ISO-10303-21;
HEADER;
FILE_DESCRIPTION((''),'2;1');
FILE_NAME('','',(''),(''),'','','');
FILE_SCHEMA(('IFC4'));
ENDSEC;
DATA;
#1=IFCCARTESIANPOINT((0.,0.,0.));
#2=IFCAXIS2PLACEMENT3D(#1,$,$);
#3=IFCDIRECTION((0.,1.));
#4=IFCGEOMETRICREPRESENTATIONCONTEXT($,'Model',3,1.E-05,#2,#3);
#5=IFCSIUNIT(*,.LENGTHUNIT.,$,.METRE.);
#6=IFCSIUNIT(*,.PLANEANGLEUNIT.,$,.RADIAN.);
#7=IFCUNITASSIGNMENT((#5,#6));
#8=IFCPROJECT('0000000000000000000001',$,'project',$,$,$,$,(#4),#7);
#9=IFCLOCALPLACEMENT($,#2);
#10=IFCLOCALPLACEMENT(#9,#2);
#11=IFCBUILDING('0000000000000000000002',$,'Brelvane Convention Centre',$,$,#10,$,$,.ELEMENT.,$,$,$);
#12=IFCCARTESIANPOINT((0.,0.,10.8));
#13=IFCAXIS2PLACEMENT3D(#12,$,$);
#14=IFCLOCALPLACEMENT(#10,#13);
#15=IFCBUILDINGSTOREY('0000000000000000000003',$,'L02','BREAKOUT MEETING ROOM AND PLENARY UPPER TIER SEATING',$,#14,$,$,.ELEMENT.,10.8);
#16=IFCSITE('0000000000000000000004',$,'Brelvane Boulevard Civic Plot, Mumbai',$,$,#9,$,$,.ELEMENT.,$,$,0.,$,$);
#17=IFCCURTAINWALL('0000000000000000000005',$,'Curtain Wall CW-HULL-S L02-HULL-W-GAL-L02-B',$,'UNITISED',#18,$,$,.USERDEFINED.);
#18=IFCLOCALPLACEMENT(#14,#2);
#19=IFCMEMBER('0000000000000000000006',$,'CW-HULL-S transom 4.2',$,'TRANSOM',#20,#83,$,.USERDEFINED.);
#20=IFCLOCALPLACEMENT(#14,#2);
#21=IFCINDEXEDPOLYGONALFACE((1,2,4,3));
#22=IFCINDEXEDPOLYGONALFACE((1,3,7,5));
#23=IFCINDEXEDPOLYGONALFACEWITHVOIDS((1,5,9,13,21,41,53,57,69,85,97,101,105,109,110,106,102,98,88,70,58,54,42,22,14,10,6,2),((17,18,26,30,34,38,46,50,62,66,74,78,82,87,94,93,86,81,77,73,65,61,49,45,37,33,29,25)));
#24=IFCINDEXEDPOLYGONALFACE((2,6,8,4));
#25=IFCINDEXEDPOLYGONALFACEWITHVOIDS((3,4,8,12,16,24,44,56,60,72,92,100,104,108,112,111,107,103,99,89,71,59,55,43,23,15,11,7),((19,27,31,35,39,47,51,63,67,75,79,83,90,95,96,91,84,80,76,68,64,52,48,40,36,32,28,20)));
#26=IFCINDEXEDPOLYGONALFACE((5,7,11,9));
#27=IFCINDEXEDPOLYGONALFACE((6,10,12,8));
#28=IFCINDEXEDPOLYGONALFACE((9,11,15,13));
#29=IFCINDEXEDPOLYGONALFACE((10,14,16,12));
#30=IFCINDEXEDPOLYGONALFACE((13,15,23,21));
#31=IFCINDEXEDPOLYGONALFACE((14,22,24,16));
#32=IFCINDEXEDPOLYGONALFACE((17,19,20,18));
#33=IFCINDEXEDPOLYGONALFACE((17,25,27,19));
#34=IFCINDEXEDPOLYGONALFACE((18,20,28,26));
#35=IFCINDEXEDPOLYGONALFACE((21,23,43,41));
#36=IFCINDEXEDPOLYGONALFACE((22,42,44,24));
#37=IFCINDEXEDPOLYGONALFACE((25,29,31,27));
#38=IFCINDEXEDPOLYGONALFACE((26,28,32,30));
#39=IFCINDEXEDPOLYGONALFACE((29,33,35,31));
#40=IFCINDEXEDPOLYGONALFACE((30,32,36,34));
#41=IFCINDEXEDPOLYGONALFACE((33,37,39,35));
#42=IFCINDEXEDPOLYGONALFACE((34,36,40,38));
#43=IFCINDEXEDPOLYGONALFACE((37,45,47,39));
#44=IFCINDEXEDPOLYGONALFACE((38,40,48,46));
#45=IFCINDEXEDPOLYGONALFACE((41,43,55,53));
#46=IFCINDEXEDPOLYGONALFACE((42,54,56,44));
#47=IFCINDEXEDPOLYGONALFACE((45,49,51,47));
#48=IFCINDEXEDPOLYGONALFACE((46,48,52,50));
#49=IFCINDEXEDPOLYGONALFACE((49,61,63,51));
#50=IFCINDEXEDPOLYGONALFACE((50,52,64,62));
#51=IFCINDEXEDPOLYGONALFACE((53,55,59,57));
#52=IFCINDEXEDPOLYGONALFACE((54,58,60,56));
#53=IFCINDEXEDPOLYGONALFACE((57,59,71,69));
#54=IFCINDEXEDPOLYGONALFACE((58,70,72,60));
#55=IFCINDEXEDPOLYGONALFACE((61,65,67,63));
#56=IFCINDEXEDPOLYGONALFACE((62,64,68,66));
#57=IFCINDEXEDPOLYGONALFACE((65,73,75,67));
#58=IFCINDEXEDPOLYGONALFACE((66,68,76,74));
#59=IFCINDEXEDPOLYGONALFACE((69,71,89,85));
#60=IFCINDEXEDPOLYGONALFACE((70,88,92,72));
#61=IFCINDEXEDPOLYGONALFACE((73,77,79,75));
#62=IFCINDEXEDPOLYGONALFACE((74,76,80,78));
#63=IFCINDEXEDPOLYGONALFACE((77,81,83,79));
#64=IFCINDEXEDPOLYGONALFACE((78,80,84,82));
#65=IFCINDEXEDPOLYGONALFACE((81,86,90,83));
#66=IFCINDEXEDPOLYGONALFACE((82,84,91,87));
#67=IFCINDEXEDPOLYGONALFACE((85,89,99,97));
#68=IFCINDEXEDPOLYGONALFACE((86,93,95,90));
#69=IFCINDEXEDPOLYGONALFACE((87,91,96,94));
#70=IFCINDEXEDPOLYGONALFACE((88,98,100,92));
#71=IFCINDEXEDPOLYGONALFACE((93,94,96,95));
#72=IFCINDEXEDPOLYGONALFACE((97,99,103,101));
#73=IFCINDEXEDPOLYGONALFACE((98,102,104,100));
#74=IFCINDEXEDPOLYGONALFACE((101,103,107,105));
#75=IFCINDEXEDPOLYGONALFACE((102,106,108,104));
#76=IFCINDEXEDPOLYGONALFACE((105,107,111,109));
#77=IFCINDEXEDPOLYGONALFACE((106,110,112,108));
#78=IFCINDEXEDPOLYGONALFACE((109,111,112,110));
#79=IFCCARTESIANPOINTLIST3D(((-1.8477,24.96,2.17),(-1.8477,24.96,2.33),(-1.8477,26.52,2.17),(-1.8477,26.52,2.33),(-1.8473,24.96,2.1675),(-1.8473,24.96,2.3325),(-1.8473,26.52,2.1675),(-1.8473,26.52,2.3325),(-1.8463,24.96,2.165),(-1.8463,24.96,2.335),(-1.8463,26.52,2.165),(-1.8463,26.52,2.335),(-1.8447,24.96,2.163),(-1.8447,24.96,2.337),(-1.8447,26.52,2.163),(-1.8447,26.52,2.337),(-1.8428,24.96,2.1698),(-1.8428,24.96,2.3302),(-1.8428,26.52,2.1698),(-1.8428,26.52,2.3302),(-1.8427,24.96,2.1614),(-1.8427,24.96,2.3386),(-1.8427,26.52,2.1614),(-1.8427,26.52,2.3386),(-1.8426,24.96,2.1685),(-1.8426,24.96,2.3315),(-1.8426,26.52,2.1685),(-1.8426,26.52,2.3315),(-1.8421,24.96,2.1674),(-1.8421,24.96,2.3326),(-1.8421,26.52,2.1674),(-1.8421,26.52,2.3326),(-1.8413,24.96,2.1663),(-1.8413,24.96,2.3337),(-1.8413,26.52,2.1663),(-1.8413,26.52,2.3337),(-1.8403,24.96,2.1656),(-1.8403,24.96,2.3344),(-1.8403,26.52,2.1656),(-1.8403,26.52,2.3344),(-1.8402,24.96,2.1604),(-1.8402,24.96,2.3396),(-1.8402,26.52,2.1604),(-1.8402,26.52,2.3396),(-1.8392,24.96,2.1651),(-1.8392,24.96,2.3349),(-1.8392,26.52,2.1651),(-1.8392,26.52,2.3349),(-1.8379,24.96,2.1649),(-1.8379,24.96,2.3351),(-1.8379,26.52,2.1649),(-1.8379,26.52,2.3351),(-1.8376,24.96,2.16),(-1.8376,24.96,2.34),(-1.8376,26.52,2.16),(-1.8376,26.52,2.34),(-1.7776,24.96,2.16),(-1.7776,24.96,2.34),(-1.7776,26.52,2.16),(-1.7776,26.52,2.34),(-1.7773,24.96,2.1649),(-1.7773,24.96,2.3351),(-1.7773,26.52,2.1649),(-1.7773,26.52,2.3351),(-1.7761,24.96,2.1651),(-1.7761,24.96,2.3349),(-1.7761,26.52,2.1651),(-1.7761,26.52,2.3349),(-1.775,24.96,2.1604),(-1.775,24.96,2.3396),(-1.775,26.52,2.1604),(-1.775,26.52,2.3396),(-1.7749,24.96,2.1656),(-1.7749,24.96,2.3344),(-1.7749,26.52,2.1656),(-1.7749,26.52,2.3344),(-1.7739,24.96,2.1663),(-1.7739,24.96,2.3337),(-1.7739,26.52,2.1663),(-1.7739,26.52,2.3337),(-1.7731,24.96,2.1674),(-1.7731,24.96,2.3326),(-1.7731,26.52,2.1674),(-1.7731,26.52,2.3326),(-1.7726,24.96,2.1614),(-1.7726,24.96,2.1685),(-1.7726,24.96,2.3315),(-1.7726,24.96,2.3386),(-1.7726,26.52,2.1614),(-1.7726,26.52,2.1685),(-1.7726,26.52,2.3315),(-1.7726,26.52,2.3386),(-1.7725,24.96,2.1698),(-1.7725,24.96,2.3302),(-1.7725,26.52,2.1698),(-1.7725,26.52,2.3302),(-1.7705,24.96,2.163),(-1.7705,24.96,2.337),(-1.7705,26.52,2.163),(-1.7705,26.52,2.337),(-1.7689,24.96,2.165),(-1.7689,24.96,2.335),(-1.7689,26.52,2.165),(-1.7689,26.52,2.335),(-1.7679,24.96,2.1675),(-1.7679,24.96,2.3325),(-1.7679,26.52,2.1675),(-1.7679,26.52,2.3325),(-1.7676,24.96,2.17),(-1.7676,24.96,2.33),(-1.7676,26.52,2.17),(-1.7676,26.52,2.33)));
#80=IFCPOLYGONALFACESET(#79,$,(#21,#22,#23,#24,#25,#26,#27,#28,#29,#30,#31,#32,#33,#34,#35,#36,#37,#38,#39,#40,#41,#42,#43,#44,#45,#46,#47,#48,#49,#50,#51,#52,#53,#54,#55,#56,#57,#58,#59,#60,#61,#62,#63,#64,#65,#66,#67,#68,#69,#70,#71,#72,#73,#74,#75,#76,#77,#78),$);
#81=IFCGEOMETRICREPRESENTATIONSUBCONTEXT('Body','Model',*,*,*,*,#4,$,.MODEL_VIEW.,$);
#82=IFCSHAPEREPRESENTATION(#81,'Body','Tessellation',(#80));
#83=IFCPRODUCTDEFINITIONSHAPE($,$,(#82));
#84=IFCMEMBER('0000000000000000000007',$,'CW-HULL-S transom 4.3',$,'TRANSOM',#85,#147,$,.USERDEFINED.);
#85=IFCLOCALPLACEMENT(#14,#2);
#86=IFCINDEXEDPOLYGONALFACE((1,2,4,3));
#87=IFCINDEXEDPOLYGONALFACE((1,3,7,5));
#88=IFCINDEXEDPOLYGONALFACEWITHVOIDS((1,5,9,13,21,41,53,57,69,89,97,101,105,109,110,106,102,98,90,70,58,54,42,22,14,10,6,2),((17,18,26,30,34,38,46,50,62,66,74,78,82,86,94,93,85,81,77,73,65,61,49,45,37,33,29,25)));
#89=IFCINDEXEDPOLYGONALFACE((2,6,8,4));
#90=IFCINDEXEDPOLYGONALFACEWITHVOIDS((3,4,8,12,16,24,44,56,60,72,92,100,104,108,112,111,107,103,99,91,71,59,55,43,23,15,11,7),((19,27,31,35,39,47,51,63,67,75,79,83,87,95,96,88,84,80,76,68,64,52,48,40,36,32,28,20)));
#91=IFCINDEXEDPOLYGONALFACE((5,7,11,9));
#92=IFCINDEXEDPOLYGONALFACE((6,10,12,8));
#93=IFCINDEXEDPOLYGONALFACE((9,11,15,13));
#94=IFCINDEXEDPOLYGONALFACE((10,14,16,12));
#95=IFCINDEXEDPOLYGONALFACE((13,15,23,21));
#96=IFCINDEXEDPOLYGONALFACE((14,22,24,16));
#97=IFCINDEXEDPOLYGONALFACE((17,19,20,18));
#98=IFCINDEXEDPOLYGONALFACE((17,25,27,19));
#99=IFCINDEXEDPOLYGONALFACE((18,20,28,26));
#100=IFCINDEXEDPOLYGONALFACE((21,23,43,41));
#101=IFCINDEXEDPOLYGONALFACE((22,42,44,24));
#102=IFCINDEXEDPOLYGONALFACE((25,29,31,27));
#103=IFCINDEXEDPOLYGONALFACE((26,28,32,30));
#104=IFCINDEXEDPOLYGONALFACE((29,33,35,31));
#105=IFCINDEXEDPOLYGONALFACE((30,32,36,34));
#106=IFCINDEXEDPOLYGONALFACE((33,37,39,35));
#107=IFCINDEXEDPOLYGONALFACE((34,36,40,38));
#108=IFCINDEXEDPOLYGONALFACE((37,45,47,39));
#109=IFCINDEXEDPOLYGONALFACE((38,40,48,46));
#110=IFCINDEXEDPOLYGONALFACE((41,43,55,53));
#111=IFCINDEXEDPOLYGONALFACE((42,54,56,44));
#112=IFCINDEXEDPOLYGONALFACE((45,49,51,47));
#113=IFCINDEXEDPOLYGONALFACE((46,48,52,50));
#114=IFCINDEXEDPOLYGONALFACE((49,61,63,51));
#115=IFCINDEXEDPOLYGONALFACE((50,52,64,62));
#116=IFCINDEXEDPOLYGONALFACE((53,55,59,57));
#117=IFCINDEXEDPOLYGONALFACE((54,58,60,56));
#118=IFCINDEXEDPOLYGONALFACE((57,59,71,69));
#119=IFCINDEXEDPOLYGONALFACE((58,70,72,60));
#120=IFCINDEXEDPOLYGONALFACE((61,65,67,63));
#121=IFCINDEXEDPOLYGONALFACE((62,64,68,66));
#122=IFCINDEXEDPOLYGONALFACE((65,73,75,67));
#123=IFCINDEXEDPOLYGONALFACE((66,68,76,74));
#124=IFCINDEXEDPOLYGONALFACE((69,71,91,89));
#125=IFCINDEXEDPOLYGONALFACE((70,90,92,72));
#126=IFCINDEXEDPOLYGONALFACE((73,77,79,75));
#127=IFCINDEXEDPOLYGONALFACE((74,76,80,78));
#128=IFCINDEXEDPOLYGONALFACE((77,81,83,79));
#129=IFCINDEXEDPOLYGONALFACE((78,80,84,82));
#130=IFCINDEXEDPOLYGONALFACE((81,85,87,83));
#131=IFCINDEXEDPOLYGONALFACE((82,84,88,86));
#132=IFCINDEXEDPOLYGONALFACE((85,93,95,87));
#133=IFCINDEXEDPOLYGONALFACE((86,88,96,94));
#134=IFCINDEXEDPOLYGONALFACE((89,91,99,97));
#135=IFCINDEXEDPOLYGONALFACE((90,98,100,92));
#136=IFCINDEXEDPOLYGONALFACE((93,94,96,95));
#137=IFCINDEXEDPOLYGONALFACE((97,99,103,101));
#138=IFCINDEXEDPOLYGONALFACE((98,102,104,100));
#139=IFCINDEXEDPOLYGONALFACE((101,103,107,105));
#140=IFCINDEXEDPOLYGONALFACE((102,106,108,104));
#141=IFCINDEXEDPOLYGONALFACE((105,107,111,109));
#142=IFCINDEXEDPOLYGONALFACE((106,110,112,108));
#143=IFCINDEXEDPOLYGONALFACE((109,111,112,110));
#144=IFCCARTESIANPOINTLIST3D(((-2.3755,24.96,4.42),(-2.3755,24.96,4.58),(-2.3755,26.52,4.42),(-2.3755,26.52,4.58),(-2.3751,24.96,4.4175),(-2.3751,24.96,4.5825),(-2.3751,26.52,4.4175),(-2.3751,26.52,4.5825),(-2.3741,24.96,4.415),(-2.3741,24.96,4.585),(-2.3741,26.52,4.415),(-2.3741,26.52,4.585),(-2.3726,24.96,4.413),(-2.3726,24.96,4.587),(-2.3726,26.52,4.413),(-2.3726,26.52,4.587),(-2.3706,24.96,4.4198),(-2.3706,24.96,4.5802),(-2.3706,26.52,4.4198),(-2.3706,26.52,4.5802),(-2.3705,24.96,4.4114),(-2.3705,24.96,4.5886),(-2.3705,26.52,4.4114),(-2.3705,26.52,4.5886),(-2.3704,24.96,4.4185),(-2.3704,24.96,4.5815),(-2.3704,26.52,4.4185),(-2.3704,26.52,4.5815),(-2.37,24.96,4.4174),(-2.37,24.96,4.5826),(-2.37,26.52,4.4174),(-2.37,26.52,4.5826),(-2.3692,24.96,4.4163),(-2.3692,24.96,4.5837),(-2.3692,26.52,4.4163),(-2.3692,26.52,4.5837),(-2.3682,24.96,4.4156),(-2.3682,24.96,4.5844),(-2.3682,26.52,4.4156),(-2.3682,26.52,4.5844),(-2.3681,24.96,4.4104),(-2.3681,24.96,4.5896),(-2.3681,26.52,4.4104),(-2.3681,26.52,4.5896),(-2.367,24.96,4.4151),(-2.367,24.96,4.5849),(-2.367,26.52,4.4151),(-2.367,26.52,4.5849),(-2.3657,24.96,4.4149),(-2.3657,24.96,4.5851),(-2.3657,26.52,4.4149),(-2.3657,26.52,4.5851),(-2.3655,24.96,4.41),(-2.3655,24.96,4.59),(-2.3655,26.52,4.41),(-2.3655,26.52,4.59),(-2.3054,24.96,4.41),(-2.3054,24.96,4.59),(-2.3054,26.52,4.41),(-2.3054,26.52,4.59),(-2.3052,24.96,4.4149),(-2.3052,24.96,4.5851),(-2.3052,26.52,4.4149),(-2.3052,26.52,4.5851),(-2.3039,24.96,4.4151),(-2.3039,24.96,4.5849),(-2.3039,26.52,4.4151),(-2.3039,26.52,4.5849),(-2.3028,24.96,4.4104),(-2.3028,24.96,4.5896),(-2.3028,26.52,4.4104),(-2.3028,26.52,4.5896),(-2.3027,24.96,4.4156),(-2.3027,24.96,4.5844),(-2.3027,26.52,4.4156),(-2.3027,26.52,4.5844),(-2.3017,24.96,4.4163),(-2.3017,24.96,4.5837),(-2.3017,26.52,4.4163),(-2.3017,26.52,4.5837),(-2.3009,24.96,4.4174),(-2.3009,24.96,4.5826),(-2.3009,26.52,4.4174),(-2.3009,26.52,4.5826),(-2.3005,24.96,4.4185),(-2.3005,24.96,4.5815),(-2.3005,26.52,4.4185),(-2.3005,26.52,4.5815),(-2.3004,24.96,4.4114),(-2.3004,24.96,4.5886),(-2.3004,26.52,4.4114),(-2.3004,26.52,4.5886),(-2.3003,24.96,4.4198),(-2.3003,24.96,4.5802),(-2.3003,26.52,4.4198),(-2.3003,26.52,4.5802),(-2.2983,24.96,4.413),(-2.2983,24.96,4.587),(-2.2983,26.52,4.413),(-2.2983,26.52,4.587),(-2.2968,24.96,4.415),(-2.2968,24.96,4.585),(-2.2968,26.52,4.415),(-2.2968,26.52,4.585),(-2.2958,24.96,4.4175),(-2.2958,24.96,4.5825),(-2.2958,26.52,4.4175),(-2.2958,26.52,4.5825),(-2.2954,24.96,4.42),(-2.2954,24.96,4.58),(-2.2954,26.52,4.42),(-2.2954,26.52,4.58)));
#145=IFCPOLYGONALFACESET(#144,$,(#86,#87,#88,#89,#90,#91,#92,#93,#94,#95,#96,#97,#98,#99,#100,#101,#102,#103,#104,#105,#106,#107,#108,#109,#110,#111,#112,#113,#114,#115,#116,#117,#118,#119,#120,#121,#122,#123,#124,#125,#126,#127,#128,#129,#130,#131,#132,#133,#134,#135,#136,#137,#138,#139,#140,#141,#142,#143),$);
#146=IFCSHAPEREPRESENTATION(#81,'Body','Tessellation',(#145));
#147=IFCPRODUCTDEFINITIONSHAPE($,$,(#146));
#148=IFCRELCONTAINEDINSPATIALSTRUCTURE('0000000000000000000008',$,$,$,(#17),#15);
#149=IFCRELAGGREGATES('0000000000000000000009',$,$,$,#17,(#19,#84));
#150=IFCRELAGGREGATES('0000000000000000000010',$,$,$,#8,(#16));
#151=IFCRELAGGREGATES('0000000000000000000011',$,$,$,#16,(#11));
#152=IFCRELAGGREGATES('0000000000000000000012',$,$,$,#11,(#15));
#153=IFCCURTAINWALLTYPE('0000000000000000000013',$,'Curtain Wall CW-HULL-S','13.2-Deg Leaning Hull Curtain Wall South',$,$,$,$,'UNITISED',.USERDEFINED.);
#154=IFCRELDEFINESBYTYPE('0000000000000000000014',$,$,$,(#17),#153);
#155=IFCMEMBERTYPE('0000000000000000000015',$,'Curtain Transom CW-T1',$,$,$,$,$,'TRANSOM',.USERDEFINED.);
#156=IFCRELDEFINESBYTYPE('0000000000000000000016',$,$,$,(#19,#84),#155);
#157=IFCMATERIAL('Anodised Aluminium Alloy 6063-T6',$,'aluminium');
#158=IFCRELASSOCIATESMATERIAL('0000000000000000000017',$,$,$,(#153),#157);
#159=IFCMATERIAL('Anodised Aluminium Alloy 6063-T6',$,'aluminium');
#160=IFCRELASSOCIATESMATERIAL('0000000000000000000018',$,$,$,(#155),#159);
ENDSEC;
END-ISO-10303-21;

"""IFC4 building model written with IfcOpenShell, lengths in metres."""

from ifc_helpers import new_model, si_unit, direction, frame, origin, origin_2d, place, context, subcontext, project, spatial, hollow_rectangle, extrude, material, material_profile, profile_set, type_object, element, aggregate, save


model = new_model("IFC4")

# Units and contexts
model_context = context("Model", 3, precision=1e-05, world=origin(), true_north=direction((0.0, 1.0)))
body_context = subcontext(model_context, "Body", "Model", "MODEL_VIEW")
ifc_project = project(units=[si_unit("LENGTHUNIT", "METRE"), si_unit("PLANEANGLEUNIT", "RADIAN")], contexts=[model_context])

# Site, building, storey
site_placement = place(None, origin())
site = spatial("IfcSite", under=ifc_project, at=site_placement, Name="Brelvane Boulevard Civic Plot, Mumbai", CompositionType="ELEMENT", RefElevation=0.0)
building_placement = place(site_placement, origin())
building = spatial("IfcBuilding", under=site, at=building_placement, Name="Brelvane Convention Centre", CompositionType="ELEMENT")
storey_placement = place(building_placement, frame((0.0, 0.0, 10.8)))
storey = spatial("IfcBuildingStorey", under=building, at=storey_placement, Name="L02", Description="BREAKOUT MEETING ROOM AND PLENARY UPPER TIER SEATING", CompositionType="ELEMENT", Elevation=10.8)

# Curtain wall, members
ifc_material_1 = material(Name="Anodised Aluminium Alloy 6063-T6", Category="aluminium")
curtain_wall_type = type_object("IfcCurtainWallType", Name="Curtain Wall CW-HULL-S", Description="13.2-Deg Leaning Hull Curtain Wall South", ElementType="UNITISED", PredefinedType="USERDEFINED", material=ifc_material_1)
curtain_wall_placement = place(storey_placement, origin())
curtain_wall = element("IfcCurtainWall", 1, at=curtain_wall_placement, inside=storey, type_object=curtain_wall_type, Name="Curtain Wall CW-HULL-S L02-HULL-W-GAL-L02-B", ObjectType="UNITISED", PredefinedType="USERDEFINED")
ifc_material_2 = material(Name="Anodised Aluminium Alloy 6063-T6", Category="aluminium")
ifc_material_profile = material_profile(ifc_material_2, hollow_rectangle(XDim=0.0801, YDim=0.1799, WallThickness=0.0049, InnerFilletRadius=0.0049, OuterFilletRadius=0.01, at=origin_2d()), Name="ALU-T 180x80x5.0")
ifc_profile_set = profile_set([ifc_material_profile], Name="Anodised Aluminium Alloy 6063-T6")
member_type = type_object("IfcMemberType", Name="Curtain Transom CW-T1", ElementType="TRANSOM", PredefinedType="USERDEFINED", material=ifc_profile_set)
member_1_placement = place(storey_placement, frame((-1.8076, 24.96, 2.25), z_axis=(0.0, 1.0, 0.0), x_axis=(-1.0, 0.0, 0.0)))
member_1 = element("IfcMember", 2, at=member_1_placement, type_object=member_type, Name="CW-HULL-S transom 4.2", ObjectType="TRANSOM", PredefinedType="USERDEFINED", context=body_context, shape_type="SweptSolid", body=[
    extrude(hollow_rectangle(XDim=0.0801, YDim=0.1799, WallThickness=0.0049, InnerFilletRadius=0.0049, OuterFilletRadius=0.01, at=origin_2d()), origin(), (0.0, 0.0, 1.0), 1.5601),
])
member_2_placement = place(storey_placement, frame((-2.3354, 24.96, 4.5), z_axis=(0.0, 1.0, 0.0), x_axis=(-1.0, 0.0, 0.0)))
member_2 = element("IfcMember", 3, at=member_2_placement, type_object=member_type, Name="CW-HULL-S transom 4.3", ObjectType="TRANSOM", PredefinedType="USERDEFINED", context=body_context, shape_type="SweptSolid", body=[
    extrude(hollow_rectangle(XDim=0.0801, YDim=0.1799, WallThickness=0.0049, InnerFilletRadius=0.0049, OuterFilletRadius=0.01, at=origin_2d()), origin(), (0.0, 0.0, 1.0), 1.5601),
])
aggregate(curtain_wall, [member_1, member_2])

save(model, "model.ifc")
